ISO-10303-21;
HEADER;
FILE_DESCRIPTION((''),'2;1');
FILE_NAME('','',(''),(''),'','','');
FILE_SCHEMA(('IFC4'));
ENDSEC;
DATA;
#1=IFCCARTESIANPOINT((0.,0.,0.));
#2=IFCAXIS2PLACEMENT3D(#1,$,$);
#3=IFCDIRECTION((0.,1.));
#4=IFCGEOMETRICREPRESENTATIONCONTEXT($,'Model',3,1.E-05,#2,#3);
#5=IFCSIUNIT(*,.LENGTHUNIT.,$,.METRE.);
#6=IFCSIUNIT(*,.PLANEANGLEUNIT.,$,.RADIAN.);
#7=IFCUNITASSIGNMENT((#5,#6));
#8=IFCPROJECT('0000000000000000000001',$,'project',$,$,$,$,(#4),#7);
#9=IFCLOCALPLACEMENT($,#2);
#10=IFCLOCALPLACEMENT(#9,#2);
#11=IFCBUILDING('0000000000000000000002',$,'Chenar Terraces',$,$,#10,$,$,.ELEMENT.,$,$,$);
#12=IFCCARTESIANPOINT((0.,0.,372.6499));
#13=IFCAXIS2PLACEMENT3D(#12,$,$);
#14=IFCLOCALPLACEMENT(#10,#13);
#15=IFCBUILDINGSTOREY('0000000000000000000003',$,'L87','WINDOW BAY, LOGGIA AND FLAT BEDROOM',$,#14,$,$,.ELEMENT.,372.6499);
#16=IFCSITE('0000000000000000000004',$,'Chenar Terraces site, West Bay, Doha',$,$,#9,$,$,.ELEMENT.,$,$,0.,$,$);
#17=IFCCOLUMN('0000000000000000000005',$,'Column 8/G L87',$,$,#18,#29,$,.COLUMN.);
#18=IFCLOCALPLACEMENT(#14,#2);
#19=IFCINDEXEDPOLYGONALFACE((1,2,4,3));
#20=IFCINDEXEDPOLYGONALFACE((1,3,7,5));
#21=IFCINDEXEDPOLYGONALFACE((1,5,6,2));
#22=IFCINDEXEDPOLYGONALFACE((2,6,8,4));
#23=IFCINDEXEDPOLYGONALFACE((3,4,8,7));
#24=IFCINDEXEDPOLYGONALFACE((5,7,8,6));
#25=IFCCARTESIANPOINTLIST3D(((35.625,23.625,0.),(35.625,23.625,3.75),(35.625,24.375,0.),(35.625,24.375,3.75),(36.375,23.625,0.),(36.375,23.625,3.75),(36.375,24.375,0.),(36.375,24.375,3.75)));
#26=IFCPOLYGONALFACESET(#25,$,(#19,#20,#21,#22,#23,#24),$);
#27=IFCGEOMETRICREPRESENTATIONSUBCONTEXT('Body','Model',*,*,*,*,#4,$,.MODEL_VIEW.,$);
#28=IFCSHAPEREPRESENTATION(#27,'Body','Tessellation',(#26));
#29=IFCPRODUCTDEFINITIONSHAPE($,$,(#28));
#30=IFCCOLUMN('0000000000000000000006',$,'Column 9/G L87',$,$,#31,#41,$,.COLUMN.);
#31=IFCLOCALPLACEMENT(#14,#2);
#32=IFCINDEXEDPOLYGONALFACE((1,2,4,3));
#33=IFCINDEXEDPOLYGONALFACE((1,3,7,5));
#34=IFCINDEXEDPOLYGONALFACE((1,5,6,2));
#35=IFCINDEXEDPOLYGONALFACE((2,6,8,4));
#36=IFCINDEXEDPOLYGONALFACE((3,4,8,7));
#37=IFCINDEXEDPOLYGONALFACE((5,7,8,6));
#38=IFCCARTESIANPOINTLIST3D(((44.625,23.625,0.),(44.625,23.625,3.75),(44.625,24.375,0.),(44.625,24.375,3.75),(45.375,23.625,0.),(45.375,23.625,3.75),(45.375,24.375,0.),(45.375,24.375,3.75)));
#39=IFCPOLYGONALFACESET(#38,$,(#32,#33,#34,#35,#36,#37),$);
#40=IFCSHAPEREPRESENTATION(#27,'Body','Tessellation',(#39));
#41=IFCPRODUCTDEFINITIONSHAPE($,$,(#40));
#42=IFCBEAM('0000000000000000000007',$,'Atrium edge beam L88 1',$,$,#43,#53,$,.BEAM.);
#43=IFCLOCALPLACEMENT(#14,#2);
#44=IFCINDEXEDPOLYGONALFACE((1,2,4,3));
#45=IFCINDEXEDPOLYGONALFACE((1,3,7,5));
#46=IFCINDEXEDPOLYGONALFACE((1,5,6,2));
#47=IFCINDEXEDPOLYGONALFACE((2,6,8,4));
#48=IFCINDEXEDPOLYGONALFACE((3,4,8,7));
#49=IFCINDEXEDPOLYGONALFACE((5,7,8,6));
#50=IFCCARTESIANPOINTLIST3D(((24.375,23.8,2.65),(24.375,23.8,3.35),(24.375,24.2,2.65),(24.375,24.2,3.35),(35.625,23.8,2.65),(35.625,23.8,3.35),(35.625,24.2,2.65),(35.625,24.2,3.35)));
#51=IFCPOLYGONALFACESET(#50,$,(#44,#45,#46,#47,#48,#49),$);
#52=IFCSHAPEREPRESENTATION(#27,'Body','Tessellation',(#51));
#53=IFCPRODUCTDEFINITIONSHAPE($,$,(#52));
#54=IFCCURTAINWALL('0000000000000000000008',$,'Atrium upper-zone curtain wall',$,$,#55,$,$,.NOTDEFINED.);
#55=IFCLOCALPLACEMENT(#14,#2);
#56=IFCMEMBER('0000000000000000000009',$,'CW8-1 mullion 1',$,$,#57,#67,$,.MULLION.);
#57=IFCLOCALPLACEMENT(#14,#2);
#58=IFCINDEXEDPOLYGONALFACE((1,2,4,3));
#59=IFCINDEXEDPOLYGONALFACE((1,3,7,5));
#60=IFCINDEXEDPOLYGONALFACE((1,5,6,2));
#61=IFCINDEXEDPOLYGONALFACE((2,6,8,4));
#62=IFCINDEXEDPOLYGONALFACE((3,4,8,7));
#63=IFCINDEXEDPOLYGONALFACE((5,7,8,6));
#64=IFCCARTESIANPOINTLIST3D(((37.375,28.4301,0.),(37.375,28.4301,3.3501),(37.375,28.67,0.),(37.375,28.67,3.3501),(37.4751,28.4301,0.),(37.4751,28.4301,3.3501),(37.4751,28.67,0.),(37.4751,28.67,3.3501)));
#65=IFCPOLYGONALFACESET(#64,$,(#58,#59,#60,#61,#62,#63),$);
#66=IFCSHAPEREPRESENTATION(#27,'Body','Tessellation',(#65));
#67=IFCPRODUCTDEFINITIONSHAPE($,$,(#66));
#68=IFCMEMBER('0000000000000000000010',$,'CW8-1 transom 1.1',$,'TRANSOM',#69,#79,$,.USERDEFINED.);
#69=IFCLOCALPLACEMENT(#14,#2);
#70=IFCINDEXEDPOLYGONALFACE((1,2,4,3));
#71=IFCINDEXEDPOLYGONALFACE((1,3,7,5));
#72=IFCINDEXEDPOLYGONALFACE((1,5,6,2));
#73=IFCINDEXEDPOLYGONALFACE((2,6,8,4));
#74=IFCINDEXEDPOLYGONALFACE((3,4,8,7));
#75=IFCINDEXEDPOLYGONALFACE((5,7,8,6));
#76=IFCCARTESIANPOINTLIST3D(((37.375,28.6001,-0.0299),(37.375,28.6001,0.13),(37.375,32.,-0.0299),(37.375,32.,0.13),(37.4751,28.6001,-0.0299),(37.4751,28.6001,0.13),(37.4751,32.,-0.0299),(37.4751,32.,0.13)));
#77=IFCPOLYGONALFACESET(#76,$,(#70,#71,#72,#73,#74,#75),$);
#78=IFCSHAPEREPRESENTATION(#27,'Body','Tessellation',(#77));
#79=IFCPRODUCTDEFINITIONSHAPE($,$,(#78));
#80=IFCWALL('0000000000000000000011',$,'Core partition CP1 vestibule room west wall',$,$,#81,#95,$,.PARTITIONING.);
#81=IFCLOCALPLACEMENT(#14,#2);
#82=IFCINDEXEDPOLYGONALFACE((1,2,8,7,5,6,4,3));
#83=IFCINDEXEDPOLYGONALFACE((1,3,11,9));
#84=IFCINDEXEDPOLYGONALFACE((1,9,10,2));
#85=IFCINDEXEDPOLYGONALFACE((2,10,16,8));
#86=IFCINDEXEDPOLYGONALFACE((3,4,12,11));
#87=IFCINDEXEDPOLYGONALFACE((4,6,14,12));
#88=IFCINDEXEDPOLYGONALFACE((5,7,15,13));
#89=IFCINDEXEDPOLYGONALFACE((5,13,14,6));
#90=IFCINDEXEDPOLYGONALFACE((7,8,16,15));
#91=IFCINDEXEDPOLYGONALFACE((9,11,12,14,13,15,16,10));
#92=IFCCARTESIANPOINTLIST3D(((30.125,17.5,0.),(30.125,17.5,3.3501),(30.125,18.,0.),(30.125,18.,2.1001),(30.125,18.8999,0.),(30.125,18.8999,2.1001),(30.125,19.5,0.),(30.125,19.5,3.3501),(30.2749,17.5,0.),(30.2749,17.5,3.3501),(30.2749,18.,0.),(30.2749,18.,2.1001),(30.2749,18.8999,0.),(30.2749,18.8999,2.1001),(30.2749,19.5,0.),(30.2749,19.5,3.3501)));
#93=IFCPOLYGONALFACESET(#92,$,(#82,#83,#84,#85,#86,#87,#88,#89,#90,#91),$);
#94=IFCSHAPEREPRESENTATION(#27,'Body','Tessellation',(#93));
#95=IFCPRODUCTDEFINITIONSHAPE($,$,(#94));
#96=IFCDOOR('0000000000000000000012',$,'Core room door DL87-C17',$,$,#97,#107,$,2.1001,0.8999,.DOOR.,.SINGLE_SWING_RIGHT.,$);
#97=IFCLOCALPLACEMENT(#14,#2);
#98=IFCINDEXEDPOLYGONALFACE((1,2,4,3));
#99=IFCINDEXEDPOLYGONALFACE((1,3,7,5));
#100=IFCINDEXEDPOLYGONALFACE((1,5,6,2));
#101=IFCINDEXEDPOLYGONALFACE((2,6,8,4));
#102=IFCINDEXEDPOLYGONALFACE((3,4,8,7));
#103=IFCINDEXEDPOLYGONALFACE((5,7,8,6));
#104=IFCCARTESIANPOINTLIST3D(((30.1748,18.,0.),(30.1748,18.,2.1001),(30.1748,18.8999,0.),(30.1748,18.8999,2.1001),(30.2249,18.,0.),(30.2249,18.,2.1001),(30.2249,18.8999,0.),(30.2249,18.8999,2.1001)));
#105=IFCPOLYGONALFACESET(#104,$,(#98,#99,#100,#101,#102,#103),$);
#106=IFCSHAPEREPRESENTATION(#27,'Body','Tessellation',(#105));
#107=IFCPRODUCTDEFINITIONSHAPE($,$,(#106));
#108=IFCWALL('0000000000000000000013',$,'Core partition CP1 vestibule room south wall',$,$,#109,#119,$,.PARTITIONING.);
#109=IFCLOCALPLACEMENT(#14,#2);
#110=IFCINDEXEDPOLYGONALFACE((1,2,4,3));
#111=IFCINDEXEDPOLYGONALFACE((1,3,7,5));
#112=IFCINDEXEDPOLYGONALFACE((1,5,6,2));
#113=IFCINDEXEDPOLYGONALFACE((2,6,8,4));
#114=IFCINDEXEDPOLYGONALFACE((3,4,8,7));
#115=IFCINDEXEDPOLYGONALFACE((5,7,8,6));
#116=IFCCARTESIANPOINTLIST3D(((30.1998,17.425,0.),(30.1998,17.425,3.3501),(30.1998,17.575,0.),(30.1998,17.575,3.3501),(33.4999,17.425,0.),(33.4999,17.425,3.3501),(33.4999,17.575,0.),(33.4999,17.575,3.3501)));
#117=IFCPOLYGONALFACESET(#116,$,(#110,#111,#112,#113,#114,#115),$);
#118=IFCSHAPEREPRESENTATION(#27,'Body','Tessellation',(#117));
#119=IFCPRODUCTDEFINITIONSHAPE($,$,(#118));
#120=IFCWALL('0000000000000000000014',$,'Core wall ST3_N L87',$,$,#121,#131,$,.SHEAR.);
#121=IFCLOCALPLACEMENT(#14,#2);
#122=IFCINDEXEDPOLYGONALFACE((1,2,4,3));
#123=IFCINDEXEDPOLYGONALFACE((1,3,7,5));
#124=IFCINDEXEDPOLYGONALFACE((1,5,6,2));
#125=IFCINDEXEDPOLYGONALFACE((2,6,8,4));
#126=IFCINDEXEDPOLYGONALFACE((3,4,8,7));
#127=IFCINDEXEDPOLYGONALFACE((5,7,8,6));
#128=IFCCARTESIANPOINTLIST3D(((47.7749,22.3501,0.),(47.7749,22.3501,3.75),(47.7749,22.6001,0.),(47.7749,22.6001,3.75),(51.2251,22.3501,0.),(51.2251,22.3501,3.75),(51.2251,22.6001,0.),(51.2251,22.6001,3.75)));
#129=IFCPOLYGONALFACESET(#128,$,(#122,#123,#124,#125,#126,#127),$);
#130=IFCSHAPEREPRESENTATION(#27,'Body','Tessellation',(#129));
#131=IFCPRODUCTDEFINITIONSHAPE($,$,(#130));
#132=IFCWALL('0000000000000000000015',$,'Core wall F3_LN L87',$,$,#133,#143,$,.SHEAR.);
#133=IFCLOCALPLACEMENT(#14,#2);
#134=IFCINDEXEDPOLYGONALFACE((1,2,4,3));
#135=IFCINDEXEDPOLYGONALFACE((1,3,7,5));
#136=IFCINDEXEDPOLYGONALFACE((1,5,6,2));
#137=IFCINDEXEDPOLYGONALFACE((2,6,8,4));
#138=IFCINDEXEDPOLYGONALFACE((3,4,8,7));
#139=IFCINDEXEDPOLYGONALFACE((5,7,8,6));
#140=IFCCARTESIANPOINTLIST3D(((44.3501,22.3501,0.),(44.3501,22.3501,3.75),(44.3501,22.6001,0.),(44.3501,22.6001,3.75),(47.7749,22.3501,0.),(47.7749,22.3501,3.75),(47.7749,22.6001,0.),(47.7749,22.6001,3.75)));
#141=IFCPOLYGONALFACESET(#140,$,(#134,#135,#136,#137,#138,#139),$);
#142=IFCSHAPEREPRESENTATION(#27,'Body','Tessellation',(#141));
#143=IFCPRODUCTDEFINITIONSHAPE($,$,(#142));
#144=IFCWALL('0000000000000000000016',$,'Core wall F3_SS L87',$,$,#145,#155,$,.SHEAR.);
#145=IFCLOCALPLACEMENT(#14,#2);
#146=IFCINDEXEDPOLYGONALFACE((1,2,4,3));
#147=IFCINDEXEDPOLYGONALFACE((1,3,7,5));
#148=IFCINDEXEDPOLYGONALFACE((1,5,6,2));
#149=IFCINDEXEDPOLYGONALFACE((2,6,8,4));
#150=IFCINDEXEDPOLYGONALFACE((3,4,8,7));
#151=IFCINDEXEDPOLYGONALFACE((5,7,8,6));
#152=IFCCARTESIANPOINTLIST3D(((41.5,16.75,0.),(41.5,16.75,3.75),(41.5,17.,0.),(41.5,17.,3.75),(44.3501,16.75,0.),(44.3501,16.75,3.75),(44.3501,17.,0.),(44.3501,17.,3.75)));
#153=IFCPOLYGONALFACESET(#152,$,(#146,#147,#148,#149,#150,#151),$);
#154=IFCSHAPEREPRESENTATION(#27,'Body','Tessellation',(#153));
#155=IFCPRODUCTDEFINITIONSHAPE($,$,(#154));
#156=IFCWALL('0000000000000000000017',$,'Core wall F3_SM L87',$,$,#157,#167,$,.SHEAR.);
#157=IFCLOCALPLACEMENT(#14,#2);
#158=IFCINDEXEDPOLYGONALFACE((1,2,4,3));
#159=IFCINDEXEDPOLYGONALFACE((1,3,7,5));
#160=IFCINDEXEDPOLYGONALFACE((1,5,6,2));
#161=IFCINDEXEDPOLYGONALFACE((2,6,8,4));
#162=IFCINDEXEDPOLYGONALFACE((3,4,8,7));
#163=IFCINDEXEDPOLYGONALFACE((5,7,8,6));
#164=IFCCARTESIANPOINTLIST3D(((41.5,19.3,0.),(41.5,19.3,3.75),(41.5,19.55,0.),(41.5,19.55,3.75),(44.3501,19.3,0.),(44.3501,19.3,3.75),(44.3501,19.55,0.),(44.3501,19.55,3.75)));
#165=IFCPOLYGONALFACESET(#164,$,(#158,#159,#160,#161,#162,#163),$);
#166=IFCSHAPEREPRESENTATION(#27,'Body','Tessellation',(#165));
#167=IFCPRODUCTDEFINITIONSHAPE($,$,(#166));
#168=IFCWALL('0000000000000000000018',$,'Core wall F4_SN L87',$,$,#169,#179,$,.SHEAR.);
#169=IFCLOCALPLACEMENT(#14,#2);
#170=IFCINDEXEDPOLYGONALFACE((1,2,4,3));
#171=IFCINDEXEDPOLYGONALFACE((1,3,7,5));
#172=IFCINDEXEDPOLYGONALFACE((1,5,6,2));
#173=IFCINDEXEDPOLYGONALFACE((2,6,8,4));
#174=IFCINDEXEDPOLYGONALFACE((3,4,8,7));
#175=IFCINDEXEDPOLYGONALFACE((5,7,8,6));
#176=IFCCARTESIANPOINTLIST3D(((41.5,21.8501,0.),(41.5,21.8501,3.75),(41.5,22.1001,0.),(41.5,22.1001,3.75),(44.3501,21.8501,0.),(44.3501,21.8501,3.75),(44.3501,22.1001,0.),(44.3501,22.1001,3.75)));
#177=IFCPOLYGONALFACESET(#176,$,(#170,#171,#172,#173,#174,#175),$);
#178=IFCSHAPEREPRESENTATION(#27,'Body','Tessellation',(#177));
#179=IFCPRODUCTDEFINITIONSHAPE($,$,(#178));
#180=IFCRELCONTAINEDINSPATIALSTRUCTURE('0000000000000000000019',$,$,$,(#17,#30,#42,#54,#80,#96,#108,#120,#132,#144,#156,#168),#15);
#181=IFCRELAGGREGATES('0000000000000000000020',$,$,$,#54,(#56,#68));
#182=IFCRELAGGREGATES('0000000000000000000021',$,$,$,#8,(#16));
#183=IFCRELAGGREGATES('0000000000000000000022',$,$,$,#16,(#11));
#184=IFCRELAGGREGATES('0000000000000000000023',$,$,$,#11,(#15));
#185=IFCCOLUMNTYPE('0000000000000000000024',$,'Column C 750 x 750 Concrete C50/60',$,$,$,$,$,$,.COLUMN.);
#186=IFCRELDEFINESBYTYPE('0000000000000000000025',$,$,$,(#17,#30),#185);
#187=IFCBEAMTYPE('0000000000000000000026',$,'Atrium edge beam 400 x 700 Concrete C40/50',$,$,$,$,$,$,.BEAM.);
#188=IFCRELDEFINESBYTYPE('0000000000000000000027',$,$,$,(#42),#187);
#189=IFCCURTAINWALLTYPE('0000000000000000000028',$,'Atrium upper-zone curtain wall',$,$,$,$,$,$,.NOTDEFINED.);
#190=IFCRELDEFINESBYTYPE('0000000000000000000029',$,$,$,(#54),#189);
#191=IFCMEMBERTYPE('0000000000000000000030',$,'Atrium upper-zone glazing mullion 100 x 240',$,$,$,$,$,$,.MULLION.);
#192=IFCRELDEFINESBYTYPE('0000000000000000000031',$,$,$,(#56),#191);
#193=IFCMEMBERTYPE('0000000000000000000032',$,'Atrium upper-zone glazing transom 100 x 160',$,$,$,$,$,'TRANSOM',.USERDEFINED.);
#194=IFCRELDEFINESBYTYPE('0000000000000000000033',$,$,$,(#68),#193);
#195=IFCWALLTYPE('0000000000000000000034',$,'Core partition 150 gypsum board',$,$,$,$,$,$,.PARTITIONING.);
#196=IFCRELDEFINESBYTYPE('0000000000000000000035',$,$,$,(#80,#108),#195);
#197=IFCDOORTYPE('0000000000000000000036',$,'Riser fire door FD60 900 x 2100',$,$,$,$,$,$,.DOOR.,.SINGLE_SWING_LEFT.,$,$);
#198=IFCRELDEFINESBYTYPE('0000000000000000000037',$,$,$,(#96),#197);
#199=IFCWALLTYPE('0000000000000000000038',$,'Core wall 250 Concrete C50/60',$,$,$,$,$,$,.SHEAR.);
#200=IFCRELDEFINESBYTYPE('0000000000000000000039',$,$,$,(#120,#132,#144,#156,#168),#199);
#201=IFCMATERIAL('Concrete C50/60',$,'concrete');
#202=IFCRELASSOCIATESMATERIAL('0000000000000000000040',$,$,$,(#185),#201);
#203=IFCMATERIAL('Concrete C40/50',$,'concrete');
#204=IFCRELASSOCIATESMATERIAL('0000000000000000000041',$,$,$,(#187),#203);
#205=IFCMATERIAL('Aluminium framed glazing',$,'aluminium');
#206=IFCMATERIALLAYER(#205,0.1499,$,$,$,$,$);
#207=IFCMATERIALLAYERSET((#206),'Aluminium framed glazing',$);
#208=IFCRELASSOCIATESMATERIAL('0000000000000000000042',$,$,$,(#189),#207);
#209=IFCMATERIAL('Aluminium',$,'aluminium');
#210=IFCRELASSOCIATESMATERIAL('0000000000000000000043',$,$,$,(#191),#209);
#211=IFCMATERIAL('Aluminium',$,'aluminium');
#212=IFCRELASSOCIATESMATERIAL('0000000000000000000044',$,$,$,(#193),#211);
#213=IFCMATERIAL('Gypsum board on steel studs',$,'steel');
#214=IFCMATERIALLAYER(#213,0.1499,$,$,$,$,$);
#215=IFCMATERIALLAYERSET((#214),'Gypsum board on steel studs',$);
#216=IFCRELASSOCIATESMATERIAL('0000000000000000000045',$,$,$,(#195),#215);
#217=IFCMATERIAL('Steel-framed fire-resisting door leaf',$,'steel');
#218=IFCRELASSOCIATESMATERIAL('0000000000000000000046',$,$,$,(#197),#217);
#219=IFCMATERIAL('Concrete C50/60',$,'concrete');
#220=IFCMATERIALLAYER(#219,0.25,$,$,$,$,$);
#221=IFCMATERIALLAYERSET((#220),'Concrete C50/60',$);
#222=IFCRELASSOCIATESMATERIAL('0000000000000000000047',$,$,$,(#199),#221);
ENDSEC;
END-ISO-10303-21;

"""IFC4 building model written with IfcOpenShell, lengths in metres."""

from ifc_helpers import new_model, si_unit, direction, frame, frame_2d, origin, origin_2d, place, context, subcontext, project, spatial, rectangle, extrude, material, layer, layer_set, material_profile, profile_set, type_object, element, fill, aggregate, save


model = new_model("IFC4")

# Units and contexts
model_context = context("Model", 3, precision=1e-05, world=origin(), true_north=direction((0.0, 1.0)))
body_context = subcontext(model_context, "Body", "Model", "MODEL_VIEW")
ifc_project = project(units=[si_unit("LENGTHUNIT", "METRE"), si_unit("PLANEANGLEUNIT", "RADIAN")], contexts=[model_context])

# Site, building, storey
site_placement = place(None, origin())
site = spatial("IfcSite", under=ifc_project, at=site_placement, Name="Chenar Terraces site, West Bay, Doha", CompositionType="ELEMENT", RefElevation=0.0)
building_placement = place(site_placement, origin())
building = spatial("IfcBuilding", under=site, at=building_placement, Name="Chenar Terraces", CompositionType="ELEMENT")
storey_placement = place(building_placement, frame((0.0, 0.0, 372.6499)))
storey = spatial("IfcBuildingStorey", under=building, at=storey_placement, Name="L87", Description="WINDOW BAY, LOGGIA AND FLAT BEDROOM", CompositionType="ELEMENT", Elevation=372.6499)

# Columns
ifc_material_1 = material(Name="Concrete C50/60", Category="concrete")
ifc_material_profile_1 = material_profile(ifc_material_1, rectangle(XDim=0.75, YDim=0.75, at=origin_2d()), Name="C 750 x 750")
ifc_profile_set_1 = profile_set([ifc_material_profile_1], Name="Concrete C50/60")
column_type = type_object("IfcColumnType", Name="Column C 750 x 750 Concrete C50/60", PredefinedType="COLUMN", material=ifc_profile_set_1)
for number, where, z_axis, x_axis, name in (
    (1, (36.0, 24.0, 0.0), (0.0, 0.0, 1.0), (1.0, 0.0, 0.0), "Column 8/G L87"),
    (2, (45.0, 24.0, 0.0), (0.0, 0.0, 1.0), (1.0, 0.0, 0.0), "Column 9/G L87"),
):
    element("IfcColumn", number, at=place(storey_placement, frame(where, z_axis=z_axis, x_axis=x_axis)), inside=storey, type_object=column_type, Name=name, PredefinedType="COLUMN", context=body_context, shape_type="SweptSolid", body=[
        extrude(rectangle(XDim=0.75, YDim=0.75, at=origin_2d()), origin(), (0.0, 0.0, 1.0), 3.75),
    ])

# Beam
ifc_material_2 = material(Name="Concrete C40/50", Category="concrete")
ifc_material_profile_2 = material_profile(ifc_material_2, rectangle(XDim=0.3999, YDim=0.7, at=origin_2d()), Name="RC 400 x 700")
ifc_profile_set_2 = profile_set([ifc_material_profile_2], Name="Concrete C40/50")
beam_type = type_object("IfcBeamType", Name="Atrium edge beam 400 x 700 Concrete C40/50", PredefinedType="BEAM", material=ifc_profile_set_2)
beam_placement = place(storey_placement, frame((24.375, 24.0, 3.0), z_axis=(1.0, 0.0, 0.0), x_axis=(0.0, 1.0, 0.0)))
element("IfcBeam", 3, at=beam_placement, inside=storey, type_object=beam_type, Name="Atrium edge beam L88 1", PredefinedType="BEAM", context=body_context, shape_type="SweptSolid", body=[
    extrude(rectangle(XDim=0.3999, YDim=0.7, at=origin_2d()), origin(), (0.0, 0.0, 1.0), 11.25),
])

# Curtain wall, members
ifc_material_3 = material(Name="Aluminium framed glazing", Category="aluminium")
ifc_layer_1 = layer(ifc_material_3, 0.1499)
ifc_layer_set_1 = layer_set([ifc_layer_1], Name="Aluminium framed glazing")
curtain_wall_type = type_object("IfcCurtainWallType", Name="Atrium upper-zone curtain wall", PredefinedType="NOTDEFINED", material=ifc_layer_set_1)
placement = place(storey_placement, origin())
curtain_wall = element("IfcCurtainWall", 4, at=placement, inside=storey, type_object=curtain_wall_type, Name="Atrium upper-zone curtain wall", PredefinedType="NOTDEFINED")
ifc_material_4 = material(Name="Aluminium", Category="aluminium")
ifc_material_profile_3 = material_profile(ifc_material_4, rectangle(XDim=0.1001, YDim=0.24, at=origin_2d()), Name="Atrium upper-zone glazing mullion 100 x 240")
ifc_profile_set_3 = profile_set([ifc_material_profile_3], Name="Aluminium")
member_type_1 = type_object("IfcMemberType", Name="Atrium upper-zone glazing mullion 100 x 240", PredefinedType="MULLION", material=ifc_profile_set_3)
member_1_placement = place(storey_placement, frame((37.425, 28.55, 0.0), z_axis=(0.0, 0.0, 1.0), x_axis=(-1.0, 0.0, 0.0)))
member_1 = element("IfcMember", 5, at=member_1_placement, type_object=member_type_1, Name="CW8-1 mullion 1", PredefinedType="MULLION", context=body_context, shape_type="SweptSolid", body=[
    extrude(rectangle(XDim=0.1001, YDim=0.24, at=origin_2d()), origin(), (0.0, 0.0, 1.0), 3.3501),
])
ifc_material_5 = material(Name="Aluminium", Category="aluminium")
ifc_material_profile_4 = material_profile(ifc_material_5, rectangle(XDim=0.1001, YDim=0.1599, at=origin_2d()), Name="Atrium upper-zone glazing transom 100 x 160")
ifc_profile_set_4 = profile_set([ifc_material_profile_4], Name="Aluminium")
member_type_2 = type_object("IfcMemberType", Name="Atrium upper-zone glazing transom 100 x 160", ElementType="TRANSOM", PredefinedType="USERDEFINED", material=ifc_profile_set_4)
member_2_placement = place(storey_placement, frame((37.425, 28.6001, 0.05), z_axis=(0.0, 1.0, 0.0), x_axis=(-1.0, 0.0, 0.0)))
member_2 = element("IfcMember", 6, at=member_2_placement, type_object=member_type_2, Name="CW8-1 transom 1.1", ObjectType="TRANSOM", PredefinedType="USERDEFINED", context=body_context, shape_type="SweptSolid", body=[
    extrude(rectangle(XDim=0.1001, YDim=0.1599, at=origin_2d()), origin(), (0.0, 0.0, 1.0), 3.3999),
])
aggregate(curtain_wall, [member_1, member_2])

# Wall, opening, door
ifc_material_6 = material(Name="Gypsum board on steel studs", Category="steel")
ifc_layer_2 = layer(ifc_material_6, 0.1499)
ifc_layer_set_2 = layer_set([ifc_layer_2], Name="Gypsum board on steel studs")
wall_type_1 = type_object("IfcWallType", Name="Core partition 150 gypsum board", PredefinedType="PARTITIONING", material=ifc_layer_set_2)
wall_1_placement = place(storey_placement, frame((30.2, 17.5, 0.0), z_axis=(0.0, 0.0, 1.0), x_axis=(0.0, 1.0, 0.0)))
wall_1 = element("IfcWall", 7, at=wall_1_placement, inside=storey, type_object=wall_type_1, Name="Core partition CP1 vestibule room west wall", PredefinedType="PARTITIONING", context=body_context, shape_type="SweptSolid", body=[
    extrude(rectangle(XDim=2.0, YDim=0.1499, at=frame_2d((1.0, 0.0))), origin(), (0.0, 0.0, 1.0), 3.3501),
])
opening_1_placement = place(wall_1_placement, frame((0.5, 0.0, 0.0)))
opening_1 = element("IfcOpeningElement", 8, at=opening_1_placement, cuts=wall_1, PredefinedType="OPENING", context=body_context, shape_type="SweptSolid", body=[
    extrude(rectangle(XDim=0.8999, YDim=2.1001, at=frame_2d((0.45, 1.05))), frame((0.0, 0.085, 0.0), z_axis=(0.0, -1.0, 0.0), x_axis=(1.0, 0.0, 0.0)), (0.0, 0.0, 1.0), 0.1699),
])
ifc_material_7 = material(Name="Steel-framed fire-resisting door leaf", Category="steel")
door_type = type_object("IfcDoorType", Name="Riser fire door FD60 900 x 2100", OperationType="SINGLE_SWING_LEFT", PredefinedType="DOOR", material=ifc_material_7)
door_placement = place(opening_1_placement, frame((0.8999, 0.0, 0.0), z_axis=(0.0, 0.0, 1.0), x_axis=(-1.0, 0.0, 0.0)))
door = element("IfcDoor", 9, at=door_placement, inside=storey, type_object=door_type, Name="Core room door DL87-C17", OperationType="SINGLE_SWING_RIGHT", OverallHeight=2.1001, OverallWidth=0.8999, PredefinedType="DOOR", context=body_context, shape_type="SweptSolid", body=[
    extrude(rectangle(XDim=0.8999, YDim=2.1001, at=frame_2d((0.45, 1.05))), frame((0.0, 0.0249, 0.0), z_axis=(0.0, -1.0, 0.0), x_axis=(1.0, 0.0, 0.0)), (0.0, 0.0, 1.0), 0.05),
])
fill(opening_1, door)

# Walls
wall_2_placement = place(storey_placement, frame((30.2, 17.5, 0.0), z_axis=(0.0, 0.0, 1.0), x_axis=(1.0, 0.0, 0.0)))
element("IfcWall", 10, at=wall_2_placement, inside=storey, type_object=wall_type_1, Name="Core partition CP1 vestibule room south wall", PredefinedType="PARTITIONING", context=body_context, shape_type="SweptSolid", body=[
    extrude(rectangle(XDim=3.3, YDim=0.1499, at=frame_2d((1.6499, 0.0))), origin(), (0.0, 0.0, 1.0), 3.3501),
])
ifc_material_8 = material(Name="Concrete C50/60", Category="concrete")
ifc_layer_3 = layer(ifc_material_8, 0.25)
ifc_layer_set_3 = layer_set([ifc_layer_3], Name="Concrete C50/60")
wall_type_2 = type_object("IfcWallType", Name="Core wall 250 Concrete C50/60", PredefinedType="SHEAR", material=ifc_layer_set_3)
wall_3_placement = place(storey_placement, frame((47.7749, 22.4751, 0.0), z_axis=(0.0, 0.0, 1.0), x_axis=(1.0, 0.0, 0.0)))
element("IfcWall", 11, at=wall_3_placement, inside=storey, type_object=wall_type_2, Name="Core wall ST3_N L87", PredefinedType="SHEAR", context=body_context, shape_type="SweptSolid", body=[
    extrude(rectangle(XDim=3.4502, YDim=0.25, at=frame_2d((1.7251, 0.0))), origin(), (0.0, 0.0, 1.0), 3.75),
])
wall_4_placement = place(storey_placement, frame((44.3501, 22.4751, 0.0), z_axis=(0.0, 0.0, 1.0), x_axis=(1.0, 0.0, 0.0)))
element("IfcWall", 12, at=wall_4_placement, inside=storey, type_object=wall_type_2, Name="Core wall F3_LN L87", PredefinedType="SHEAR", context=body_context, shape_type="SweptSolid", body=[
    extrude(rectangle(XDim=3.4248, YDim=0.25, at=frame_2d((1.7124, 0.0))), origin(), (0.0, 0.0, 1.0), 3.75),
])
for number, where, z_axis, x_axis, name in (
    (13, (41.5, 16.875, 0.0), (0.0, 0.0, 1.0), (1.0, 0.0, 0.0), "Core wall F3_SS L87"),
    (14, (41.5, 19.425, 0.0), (0.0, 0.0, 1.0), (1.0, 0.0, 0.0), "Core wall F3_SM L87"),
    (15, (41.5, 21.9751, 0.0), (0.0, 0.0, 1.0), (1.0, 0.0, 0.0), "Core wall F4_SN L87"),
):
    element("IfcWall", number, at=place(storey_placement, frame(where, z_axis=z_axis, x_axis=x_axis)), inside=storey, type_object=wall_type_2, Name=name, PredefinedType="SHEAR", context=body_context, shape_type="SweptSolid", body=[
        extrude(rectangle(XDim=2.8501, YDim=0.25, at=frame_2d((1.425, 0.0))), origin(), (0.0, 0.0, 1.0), 3.75),
    ])

save(model, "model.ifc")
